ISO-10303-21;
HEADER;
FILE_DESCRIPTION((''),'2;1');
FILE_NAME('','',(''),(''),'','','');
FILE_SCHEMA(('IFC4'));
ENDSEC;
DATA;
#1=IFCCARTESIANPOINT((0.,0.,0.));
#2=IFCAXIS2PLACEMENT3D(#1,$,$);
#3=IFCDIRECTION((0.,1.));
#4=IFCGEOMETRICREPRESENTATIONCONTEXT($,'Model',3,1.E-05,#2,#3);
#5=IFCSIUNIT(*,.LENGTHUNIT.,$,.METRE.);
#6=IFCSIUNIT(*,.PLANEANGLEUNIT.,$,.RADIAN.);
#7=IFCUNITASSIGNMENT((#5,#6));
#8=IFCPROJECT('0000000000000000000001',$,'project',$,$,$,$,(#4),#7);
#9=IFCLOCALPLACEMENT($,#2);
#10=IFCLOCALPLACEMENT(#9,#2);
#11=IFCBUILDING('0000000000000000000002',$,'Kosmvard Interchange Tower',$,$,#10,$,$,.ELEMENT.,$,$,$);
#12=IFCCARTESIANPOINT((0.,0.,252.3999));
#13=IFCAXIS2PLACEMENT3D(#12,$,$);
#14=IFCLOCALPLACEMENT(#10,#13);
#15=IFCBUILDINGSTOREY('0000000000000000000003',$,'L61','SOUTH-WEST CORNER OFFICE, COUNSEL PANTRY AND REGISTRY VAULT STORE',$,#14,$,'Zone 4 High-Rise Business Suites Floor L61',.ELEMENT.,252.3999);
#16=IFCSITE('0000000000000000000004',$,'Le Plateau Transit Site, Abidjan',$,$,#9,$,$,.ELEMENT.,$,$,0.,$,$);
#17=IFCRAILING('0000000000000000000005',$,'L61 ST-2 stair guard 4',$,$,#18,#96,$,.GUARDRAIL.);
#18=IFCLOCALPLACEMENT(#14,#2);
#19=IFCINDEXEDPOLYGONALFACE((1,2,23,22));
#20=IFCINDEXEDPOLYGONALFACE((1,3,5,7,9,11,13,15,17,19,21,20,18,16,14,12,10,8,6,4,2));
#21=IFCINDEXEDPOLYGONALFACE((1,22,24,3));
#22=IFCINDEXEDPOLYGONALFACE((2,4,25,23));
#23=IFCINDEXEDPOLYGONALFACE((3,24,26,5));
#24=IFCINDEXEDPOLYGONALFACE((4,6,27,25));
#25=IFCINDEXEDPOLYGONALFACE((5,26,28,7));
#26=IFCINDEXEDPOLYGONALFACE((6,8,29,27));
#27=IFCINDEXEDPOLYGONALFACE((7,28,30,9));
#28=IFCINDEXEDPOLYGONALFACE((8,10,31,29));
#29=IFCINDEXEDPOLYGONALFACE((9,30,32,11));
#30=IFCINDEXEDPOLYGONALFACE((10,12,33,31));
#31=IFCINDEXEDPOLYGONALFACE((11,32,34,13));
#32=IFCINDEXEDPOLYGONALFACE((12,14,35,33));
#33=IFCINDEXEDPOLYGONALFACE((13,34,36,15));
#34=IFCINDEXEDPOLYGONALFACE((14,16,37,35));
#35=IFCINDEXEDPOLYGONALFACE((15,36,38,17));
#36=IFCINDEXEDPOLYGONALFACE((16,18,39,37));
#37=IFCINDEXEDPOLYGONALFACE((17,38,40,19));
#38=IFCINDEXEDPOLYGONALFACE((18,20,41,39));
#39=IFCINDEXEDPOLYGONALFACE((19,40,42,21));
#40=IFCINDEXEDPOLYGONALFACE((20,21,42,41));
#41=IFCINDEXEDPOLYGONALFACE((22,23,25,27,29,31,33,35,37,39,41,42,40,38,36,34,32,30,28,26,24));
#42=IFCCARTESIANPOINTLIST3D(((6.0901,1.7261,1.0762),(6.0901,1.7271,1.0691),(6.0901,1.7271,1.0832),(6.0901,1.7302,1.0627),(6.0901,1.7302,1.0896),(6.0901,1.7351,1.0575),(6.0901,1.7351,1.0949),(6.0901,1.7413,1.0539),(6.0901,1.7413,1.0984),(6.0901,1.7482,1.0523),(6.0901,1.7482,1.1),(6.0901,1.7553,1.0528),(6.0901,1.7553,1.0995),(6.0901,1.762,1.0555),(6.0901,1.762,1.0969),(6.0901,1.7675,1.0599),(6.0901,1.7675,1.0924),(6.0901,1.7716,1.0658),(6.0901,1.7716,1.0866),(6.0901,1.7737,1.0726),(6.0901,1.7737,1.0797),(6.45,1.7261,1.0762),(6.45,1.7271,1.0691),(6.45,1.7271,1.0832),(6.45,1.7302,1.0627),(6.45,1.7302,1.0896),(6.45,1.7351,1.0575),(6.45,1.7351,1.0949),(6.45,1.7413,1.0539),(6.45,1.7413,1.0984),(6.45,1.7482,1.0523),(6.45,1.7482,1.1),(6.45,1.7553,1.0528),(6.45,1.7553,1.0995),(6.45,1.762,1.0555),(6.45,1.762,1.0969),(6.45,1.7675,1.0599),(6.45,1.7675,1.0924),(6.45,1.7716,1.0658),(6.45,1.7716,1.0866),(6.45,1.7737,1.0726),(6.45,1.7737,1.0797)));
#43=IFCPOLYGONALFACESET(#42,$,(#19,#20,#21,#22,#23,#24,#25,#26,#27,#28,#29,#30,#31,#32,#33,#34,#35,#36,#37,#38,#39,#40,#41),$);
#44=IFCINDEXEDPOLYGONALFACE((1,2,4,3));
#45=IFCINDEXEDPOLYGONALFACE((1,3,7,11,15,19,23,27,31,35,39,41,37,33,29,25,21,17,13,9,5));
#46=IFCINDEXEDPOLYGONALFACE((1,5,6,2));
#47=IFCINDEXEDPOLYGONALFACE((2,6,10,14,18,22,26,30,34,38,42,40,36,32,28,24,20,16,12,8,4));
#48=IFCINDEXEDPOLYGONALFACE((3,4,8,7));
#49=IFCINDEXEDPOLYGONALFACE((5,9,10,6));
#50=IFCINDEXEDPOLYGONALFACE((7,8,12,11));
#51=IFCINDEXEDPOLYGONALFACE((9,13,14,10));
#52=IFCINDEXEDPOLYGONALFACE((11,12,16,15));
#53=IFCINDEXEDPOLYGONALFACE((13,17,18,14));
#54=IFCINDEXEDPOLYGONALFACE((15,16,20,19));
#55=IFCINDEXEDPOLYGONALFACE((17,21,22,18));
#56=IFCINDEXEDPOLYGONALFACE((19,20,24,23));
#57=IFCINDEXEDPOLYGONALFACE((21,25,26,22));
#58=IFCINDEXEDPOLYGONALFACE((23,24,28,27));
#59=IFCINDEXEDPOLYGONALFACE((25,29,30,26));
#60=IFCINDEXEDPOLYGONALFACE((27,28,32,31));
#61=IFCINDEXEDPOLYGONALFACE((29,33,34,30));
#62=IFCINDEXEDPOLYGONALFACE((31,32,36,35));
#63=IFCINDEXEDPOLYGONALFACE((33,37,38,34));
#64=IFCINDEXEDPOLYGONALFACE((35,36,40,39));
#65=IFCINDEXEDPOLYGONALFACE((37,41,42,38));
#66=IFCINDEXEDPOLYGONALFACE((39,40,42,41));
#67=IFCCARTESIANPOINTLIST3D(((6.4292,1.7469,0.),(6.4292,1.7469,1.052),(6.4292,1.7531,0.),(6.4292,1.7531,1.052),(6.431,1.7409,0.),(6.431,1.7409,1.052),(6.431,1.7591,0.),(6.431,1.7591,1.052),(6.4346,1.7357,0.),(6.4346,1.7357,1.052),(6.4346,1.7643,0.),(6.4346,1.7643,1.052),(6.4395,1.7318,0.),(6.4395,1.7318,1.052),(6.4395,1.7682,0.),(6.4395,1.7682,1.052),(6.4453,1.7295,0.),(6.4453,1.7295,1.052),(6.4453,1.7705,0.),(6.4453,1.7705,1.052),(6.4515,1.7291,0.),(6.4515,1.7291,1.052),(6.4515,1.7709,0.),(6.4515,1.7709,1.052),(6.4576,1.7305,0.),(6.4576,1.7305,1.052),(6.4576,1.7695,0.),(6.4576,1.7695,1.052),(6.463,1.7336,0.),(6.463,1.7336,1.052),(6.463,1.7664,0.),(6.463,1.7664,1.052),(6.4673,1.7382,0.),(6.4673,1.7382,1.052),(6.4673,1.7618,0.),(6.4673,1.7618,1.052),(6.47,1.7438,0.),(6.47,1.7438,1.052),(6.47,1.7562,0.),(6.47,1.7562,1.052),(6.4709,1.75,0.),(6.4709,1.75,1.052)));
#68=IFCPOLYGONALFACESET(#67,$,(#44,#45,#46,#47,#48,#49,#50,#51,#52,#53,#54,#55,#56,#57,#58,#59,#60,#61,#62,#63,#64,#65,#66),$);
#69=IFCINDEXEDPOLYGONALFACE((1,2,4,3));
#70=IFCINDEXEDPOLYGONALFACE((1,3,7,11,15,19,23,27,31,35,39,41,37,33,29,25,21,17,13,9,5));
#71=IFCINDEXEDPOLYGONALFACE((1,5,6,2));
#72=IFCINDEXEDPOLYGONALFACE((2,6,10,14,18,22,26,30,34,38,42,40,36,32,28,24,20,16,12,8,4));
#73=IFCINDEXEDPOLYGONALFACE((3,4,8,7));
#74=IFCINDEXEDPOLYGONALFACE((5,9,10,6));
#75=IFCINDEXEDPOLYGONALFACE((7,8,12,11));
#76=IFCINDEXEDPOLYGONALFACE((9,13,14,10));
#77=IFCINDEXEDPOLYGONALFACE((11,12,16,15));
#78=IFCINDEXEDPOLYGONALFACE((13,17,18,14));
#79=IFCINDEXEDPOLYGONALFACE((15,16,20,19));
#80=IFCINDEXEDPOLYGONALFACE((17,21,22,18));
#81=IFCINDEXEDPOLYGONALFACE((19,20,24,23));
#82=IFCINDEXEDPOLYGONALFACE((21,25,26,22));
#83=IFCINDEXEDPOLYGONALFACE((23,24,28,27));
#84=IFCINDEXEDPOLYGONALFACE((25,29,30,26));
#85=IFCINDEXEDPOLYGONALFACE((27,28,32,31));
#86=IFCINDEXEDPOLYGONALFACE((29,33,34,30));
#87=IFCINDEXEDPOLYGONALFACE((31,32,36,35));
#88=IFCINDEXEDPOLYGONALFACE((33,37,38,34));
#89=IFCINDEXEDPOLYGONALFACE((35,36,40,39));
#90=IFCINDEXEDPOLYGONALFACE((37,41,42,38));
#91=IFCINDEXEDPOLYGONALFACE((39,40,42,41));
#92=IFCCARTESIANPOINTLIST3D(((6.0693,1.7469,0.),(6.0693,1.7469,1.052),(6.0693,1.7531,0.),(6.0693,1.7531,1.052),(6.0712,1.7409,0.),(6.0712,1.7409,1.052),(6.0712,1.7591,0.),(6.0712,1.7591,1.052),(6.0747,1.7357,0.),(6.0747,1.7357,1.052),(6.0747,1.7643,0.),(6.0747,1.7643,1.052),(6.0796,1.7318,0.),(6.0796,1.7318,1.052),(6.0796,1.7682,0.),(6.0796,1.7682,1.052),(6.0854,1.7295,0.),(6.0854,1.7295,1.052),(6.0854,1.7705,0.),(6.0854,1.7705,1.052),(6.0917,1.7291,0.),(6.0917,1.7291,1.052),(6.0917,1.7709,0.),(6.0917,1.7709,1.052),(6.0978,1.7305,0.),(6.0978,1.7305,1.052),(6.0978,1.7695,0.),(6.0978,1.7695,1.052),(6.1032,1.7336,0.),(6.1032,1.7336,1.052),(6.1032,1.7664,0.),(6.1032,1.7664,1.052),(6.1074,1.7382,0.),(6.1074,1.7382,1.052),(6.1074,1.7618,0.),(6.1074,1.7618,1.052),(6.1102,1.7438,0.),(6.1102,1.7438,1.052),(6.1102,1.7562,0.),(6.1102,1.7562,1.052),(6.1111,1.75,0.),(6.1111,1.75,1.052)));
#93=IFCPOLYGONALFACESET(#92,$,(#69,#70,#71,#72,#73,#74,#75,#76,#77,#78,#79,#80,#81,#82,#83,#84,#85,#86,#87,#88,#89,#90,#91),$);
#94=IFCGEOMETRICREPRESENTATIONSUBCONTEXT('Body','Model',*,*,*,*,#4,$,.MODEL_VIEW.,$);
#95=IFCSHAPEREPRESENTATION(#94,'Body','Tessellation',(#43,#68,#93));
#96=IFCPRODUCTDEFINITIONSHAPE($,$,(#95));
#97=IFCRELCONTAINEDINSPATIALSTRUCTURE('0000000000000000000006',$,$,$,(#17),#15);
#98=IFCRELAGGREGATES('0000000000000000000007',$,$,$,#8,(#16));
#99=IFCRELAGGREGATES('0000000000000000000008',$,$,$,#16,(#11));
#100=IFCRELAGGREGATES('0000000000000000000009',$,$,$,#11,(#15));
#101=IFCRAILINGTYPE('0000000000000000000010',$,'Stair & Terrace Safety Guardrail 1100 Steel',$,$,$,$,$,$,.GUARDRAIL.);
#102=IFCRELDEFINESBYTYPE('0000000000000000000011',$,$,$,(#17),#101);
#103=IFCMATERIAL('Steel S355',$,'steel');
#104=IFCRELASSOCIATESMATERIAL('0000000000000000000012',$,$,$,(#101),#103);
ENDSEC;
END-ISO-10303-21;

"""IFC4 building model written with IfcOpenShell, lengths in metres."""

from ifc_helpers import new_model, si_unit, direction, frame, origin, origin_2d, place, context, subcontext, project, spatial, circle, extrude, source, transform, mapped, material, type_object, element, save


model = new_model("IFC4")

# Units and contexts
model_context = context("Model", 3, precision=1e-05, world=origin(), true_north=direction((0.0, 1.0)))
body_context = subcontext(model_context, "Body", "Model", "MODEL_VIEW")
ifc_project = project(units=[si_unit("LENGTHUNIT", "METRE"), si_unit("PLANEANGLEUNIT", "RADIAN")], contexts=[model_context])

# Site, building, storey
site_placement = place(None, origin())
site = spatial("IfcSite", under=ifc_project, at=site_placement, Name="Le Plateau Transit Site, Abidjan", CompositionType="ELEMENT", RefElevation=0.0)
building_placement = place(site_placement, origin())
building = spatial("IfcBuilding", under=site, at=building_placement, Name="Kosmvard Interchange Tower", CompositionType="ELEMENT")
storey_placement = place(building_placement, frame((0.0, 0.0, 252.3999)))
storey = spatial("IfcBuildingStorey", under=building, at=storey_placement, Name="L61", Description="SOUTH-WEST CORNER OFFICE, COUNSEL PANTRY AND REGISTRY VAULT STORE", LongName="Zone 4 High-Rise Business Suites Floor L61", CompositionType="ELEMENT", Elevation=252.3999)

# Shared definitions
ifc_material_1 = material(Name="Steel S355", Category="steel")

# Railing
railing_type = type_object("IfcRailingType", Name="Stair & Terrace Safety Guardrail 1100 Steel", PredefinedType="GUARDRAIL", material=ifc_material_1)
shared_shape_1 = source(origin(), body_context, "Body", "SweptSolid", [
    extrude(circle(Radius=0.0239, at=origin_2d()), frame((0.0, 0.0, 1.0762), z_axis=(-1.0, 0.0, 0.0), x_axis=(0.0, -1.0, 0.0)), (0.0, 0.0, 1.0), 0.3599),
    extrude(circle(Radius=0.021, at=origin_2d()), origin(), (0.0, 0.0, 1.0), 1.052),
    extrude(circle(Radius=0.021, at=origin_2d()), frame((-0.3599, 0.0, 0.0)), (0.0, 0.0, 1.0), 1.052),
])
railing_placement = place(storey_placement, frame((6.45, 1.75, 0.0)))
element("IfcRailing", 1, at=railing_placement, inside=storey, type_object=railing_type, Name="L61 ST-2 stair guard 4", PredefinedType="GUARDRAIL", context=body_context, shape_type="MappedRepresentation", body=[
    mapped(shared_shape_1, transform((0.0, 0.0, 0.0), scale=1.0)),
])

save(model, "model.ifc")
